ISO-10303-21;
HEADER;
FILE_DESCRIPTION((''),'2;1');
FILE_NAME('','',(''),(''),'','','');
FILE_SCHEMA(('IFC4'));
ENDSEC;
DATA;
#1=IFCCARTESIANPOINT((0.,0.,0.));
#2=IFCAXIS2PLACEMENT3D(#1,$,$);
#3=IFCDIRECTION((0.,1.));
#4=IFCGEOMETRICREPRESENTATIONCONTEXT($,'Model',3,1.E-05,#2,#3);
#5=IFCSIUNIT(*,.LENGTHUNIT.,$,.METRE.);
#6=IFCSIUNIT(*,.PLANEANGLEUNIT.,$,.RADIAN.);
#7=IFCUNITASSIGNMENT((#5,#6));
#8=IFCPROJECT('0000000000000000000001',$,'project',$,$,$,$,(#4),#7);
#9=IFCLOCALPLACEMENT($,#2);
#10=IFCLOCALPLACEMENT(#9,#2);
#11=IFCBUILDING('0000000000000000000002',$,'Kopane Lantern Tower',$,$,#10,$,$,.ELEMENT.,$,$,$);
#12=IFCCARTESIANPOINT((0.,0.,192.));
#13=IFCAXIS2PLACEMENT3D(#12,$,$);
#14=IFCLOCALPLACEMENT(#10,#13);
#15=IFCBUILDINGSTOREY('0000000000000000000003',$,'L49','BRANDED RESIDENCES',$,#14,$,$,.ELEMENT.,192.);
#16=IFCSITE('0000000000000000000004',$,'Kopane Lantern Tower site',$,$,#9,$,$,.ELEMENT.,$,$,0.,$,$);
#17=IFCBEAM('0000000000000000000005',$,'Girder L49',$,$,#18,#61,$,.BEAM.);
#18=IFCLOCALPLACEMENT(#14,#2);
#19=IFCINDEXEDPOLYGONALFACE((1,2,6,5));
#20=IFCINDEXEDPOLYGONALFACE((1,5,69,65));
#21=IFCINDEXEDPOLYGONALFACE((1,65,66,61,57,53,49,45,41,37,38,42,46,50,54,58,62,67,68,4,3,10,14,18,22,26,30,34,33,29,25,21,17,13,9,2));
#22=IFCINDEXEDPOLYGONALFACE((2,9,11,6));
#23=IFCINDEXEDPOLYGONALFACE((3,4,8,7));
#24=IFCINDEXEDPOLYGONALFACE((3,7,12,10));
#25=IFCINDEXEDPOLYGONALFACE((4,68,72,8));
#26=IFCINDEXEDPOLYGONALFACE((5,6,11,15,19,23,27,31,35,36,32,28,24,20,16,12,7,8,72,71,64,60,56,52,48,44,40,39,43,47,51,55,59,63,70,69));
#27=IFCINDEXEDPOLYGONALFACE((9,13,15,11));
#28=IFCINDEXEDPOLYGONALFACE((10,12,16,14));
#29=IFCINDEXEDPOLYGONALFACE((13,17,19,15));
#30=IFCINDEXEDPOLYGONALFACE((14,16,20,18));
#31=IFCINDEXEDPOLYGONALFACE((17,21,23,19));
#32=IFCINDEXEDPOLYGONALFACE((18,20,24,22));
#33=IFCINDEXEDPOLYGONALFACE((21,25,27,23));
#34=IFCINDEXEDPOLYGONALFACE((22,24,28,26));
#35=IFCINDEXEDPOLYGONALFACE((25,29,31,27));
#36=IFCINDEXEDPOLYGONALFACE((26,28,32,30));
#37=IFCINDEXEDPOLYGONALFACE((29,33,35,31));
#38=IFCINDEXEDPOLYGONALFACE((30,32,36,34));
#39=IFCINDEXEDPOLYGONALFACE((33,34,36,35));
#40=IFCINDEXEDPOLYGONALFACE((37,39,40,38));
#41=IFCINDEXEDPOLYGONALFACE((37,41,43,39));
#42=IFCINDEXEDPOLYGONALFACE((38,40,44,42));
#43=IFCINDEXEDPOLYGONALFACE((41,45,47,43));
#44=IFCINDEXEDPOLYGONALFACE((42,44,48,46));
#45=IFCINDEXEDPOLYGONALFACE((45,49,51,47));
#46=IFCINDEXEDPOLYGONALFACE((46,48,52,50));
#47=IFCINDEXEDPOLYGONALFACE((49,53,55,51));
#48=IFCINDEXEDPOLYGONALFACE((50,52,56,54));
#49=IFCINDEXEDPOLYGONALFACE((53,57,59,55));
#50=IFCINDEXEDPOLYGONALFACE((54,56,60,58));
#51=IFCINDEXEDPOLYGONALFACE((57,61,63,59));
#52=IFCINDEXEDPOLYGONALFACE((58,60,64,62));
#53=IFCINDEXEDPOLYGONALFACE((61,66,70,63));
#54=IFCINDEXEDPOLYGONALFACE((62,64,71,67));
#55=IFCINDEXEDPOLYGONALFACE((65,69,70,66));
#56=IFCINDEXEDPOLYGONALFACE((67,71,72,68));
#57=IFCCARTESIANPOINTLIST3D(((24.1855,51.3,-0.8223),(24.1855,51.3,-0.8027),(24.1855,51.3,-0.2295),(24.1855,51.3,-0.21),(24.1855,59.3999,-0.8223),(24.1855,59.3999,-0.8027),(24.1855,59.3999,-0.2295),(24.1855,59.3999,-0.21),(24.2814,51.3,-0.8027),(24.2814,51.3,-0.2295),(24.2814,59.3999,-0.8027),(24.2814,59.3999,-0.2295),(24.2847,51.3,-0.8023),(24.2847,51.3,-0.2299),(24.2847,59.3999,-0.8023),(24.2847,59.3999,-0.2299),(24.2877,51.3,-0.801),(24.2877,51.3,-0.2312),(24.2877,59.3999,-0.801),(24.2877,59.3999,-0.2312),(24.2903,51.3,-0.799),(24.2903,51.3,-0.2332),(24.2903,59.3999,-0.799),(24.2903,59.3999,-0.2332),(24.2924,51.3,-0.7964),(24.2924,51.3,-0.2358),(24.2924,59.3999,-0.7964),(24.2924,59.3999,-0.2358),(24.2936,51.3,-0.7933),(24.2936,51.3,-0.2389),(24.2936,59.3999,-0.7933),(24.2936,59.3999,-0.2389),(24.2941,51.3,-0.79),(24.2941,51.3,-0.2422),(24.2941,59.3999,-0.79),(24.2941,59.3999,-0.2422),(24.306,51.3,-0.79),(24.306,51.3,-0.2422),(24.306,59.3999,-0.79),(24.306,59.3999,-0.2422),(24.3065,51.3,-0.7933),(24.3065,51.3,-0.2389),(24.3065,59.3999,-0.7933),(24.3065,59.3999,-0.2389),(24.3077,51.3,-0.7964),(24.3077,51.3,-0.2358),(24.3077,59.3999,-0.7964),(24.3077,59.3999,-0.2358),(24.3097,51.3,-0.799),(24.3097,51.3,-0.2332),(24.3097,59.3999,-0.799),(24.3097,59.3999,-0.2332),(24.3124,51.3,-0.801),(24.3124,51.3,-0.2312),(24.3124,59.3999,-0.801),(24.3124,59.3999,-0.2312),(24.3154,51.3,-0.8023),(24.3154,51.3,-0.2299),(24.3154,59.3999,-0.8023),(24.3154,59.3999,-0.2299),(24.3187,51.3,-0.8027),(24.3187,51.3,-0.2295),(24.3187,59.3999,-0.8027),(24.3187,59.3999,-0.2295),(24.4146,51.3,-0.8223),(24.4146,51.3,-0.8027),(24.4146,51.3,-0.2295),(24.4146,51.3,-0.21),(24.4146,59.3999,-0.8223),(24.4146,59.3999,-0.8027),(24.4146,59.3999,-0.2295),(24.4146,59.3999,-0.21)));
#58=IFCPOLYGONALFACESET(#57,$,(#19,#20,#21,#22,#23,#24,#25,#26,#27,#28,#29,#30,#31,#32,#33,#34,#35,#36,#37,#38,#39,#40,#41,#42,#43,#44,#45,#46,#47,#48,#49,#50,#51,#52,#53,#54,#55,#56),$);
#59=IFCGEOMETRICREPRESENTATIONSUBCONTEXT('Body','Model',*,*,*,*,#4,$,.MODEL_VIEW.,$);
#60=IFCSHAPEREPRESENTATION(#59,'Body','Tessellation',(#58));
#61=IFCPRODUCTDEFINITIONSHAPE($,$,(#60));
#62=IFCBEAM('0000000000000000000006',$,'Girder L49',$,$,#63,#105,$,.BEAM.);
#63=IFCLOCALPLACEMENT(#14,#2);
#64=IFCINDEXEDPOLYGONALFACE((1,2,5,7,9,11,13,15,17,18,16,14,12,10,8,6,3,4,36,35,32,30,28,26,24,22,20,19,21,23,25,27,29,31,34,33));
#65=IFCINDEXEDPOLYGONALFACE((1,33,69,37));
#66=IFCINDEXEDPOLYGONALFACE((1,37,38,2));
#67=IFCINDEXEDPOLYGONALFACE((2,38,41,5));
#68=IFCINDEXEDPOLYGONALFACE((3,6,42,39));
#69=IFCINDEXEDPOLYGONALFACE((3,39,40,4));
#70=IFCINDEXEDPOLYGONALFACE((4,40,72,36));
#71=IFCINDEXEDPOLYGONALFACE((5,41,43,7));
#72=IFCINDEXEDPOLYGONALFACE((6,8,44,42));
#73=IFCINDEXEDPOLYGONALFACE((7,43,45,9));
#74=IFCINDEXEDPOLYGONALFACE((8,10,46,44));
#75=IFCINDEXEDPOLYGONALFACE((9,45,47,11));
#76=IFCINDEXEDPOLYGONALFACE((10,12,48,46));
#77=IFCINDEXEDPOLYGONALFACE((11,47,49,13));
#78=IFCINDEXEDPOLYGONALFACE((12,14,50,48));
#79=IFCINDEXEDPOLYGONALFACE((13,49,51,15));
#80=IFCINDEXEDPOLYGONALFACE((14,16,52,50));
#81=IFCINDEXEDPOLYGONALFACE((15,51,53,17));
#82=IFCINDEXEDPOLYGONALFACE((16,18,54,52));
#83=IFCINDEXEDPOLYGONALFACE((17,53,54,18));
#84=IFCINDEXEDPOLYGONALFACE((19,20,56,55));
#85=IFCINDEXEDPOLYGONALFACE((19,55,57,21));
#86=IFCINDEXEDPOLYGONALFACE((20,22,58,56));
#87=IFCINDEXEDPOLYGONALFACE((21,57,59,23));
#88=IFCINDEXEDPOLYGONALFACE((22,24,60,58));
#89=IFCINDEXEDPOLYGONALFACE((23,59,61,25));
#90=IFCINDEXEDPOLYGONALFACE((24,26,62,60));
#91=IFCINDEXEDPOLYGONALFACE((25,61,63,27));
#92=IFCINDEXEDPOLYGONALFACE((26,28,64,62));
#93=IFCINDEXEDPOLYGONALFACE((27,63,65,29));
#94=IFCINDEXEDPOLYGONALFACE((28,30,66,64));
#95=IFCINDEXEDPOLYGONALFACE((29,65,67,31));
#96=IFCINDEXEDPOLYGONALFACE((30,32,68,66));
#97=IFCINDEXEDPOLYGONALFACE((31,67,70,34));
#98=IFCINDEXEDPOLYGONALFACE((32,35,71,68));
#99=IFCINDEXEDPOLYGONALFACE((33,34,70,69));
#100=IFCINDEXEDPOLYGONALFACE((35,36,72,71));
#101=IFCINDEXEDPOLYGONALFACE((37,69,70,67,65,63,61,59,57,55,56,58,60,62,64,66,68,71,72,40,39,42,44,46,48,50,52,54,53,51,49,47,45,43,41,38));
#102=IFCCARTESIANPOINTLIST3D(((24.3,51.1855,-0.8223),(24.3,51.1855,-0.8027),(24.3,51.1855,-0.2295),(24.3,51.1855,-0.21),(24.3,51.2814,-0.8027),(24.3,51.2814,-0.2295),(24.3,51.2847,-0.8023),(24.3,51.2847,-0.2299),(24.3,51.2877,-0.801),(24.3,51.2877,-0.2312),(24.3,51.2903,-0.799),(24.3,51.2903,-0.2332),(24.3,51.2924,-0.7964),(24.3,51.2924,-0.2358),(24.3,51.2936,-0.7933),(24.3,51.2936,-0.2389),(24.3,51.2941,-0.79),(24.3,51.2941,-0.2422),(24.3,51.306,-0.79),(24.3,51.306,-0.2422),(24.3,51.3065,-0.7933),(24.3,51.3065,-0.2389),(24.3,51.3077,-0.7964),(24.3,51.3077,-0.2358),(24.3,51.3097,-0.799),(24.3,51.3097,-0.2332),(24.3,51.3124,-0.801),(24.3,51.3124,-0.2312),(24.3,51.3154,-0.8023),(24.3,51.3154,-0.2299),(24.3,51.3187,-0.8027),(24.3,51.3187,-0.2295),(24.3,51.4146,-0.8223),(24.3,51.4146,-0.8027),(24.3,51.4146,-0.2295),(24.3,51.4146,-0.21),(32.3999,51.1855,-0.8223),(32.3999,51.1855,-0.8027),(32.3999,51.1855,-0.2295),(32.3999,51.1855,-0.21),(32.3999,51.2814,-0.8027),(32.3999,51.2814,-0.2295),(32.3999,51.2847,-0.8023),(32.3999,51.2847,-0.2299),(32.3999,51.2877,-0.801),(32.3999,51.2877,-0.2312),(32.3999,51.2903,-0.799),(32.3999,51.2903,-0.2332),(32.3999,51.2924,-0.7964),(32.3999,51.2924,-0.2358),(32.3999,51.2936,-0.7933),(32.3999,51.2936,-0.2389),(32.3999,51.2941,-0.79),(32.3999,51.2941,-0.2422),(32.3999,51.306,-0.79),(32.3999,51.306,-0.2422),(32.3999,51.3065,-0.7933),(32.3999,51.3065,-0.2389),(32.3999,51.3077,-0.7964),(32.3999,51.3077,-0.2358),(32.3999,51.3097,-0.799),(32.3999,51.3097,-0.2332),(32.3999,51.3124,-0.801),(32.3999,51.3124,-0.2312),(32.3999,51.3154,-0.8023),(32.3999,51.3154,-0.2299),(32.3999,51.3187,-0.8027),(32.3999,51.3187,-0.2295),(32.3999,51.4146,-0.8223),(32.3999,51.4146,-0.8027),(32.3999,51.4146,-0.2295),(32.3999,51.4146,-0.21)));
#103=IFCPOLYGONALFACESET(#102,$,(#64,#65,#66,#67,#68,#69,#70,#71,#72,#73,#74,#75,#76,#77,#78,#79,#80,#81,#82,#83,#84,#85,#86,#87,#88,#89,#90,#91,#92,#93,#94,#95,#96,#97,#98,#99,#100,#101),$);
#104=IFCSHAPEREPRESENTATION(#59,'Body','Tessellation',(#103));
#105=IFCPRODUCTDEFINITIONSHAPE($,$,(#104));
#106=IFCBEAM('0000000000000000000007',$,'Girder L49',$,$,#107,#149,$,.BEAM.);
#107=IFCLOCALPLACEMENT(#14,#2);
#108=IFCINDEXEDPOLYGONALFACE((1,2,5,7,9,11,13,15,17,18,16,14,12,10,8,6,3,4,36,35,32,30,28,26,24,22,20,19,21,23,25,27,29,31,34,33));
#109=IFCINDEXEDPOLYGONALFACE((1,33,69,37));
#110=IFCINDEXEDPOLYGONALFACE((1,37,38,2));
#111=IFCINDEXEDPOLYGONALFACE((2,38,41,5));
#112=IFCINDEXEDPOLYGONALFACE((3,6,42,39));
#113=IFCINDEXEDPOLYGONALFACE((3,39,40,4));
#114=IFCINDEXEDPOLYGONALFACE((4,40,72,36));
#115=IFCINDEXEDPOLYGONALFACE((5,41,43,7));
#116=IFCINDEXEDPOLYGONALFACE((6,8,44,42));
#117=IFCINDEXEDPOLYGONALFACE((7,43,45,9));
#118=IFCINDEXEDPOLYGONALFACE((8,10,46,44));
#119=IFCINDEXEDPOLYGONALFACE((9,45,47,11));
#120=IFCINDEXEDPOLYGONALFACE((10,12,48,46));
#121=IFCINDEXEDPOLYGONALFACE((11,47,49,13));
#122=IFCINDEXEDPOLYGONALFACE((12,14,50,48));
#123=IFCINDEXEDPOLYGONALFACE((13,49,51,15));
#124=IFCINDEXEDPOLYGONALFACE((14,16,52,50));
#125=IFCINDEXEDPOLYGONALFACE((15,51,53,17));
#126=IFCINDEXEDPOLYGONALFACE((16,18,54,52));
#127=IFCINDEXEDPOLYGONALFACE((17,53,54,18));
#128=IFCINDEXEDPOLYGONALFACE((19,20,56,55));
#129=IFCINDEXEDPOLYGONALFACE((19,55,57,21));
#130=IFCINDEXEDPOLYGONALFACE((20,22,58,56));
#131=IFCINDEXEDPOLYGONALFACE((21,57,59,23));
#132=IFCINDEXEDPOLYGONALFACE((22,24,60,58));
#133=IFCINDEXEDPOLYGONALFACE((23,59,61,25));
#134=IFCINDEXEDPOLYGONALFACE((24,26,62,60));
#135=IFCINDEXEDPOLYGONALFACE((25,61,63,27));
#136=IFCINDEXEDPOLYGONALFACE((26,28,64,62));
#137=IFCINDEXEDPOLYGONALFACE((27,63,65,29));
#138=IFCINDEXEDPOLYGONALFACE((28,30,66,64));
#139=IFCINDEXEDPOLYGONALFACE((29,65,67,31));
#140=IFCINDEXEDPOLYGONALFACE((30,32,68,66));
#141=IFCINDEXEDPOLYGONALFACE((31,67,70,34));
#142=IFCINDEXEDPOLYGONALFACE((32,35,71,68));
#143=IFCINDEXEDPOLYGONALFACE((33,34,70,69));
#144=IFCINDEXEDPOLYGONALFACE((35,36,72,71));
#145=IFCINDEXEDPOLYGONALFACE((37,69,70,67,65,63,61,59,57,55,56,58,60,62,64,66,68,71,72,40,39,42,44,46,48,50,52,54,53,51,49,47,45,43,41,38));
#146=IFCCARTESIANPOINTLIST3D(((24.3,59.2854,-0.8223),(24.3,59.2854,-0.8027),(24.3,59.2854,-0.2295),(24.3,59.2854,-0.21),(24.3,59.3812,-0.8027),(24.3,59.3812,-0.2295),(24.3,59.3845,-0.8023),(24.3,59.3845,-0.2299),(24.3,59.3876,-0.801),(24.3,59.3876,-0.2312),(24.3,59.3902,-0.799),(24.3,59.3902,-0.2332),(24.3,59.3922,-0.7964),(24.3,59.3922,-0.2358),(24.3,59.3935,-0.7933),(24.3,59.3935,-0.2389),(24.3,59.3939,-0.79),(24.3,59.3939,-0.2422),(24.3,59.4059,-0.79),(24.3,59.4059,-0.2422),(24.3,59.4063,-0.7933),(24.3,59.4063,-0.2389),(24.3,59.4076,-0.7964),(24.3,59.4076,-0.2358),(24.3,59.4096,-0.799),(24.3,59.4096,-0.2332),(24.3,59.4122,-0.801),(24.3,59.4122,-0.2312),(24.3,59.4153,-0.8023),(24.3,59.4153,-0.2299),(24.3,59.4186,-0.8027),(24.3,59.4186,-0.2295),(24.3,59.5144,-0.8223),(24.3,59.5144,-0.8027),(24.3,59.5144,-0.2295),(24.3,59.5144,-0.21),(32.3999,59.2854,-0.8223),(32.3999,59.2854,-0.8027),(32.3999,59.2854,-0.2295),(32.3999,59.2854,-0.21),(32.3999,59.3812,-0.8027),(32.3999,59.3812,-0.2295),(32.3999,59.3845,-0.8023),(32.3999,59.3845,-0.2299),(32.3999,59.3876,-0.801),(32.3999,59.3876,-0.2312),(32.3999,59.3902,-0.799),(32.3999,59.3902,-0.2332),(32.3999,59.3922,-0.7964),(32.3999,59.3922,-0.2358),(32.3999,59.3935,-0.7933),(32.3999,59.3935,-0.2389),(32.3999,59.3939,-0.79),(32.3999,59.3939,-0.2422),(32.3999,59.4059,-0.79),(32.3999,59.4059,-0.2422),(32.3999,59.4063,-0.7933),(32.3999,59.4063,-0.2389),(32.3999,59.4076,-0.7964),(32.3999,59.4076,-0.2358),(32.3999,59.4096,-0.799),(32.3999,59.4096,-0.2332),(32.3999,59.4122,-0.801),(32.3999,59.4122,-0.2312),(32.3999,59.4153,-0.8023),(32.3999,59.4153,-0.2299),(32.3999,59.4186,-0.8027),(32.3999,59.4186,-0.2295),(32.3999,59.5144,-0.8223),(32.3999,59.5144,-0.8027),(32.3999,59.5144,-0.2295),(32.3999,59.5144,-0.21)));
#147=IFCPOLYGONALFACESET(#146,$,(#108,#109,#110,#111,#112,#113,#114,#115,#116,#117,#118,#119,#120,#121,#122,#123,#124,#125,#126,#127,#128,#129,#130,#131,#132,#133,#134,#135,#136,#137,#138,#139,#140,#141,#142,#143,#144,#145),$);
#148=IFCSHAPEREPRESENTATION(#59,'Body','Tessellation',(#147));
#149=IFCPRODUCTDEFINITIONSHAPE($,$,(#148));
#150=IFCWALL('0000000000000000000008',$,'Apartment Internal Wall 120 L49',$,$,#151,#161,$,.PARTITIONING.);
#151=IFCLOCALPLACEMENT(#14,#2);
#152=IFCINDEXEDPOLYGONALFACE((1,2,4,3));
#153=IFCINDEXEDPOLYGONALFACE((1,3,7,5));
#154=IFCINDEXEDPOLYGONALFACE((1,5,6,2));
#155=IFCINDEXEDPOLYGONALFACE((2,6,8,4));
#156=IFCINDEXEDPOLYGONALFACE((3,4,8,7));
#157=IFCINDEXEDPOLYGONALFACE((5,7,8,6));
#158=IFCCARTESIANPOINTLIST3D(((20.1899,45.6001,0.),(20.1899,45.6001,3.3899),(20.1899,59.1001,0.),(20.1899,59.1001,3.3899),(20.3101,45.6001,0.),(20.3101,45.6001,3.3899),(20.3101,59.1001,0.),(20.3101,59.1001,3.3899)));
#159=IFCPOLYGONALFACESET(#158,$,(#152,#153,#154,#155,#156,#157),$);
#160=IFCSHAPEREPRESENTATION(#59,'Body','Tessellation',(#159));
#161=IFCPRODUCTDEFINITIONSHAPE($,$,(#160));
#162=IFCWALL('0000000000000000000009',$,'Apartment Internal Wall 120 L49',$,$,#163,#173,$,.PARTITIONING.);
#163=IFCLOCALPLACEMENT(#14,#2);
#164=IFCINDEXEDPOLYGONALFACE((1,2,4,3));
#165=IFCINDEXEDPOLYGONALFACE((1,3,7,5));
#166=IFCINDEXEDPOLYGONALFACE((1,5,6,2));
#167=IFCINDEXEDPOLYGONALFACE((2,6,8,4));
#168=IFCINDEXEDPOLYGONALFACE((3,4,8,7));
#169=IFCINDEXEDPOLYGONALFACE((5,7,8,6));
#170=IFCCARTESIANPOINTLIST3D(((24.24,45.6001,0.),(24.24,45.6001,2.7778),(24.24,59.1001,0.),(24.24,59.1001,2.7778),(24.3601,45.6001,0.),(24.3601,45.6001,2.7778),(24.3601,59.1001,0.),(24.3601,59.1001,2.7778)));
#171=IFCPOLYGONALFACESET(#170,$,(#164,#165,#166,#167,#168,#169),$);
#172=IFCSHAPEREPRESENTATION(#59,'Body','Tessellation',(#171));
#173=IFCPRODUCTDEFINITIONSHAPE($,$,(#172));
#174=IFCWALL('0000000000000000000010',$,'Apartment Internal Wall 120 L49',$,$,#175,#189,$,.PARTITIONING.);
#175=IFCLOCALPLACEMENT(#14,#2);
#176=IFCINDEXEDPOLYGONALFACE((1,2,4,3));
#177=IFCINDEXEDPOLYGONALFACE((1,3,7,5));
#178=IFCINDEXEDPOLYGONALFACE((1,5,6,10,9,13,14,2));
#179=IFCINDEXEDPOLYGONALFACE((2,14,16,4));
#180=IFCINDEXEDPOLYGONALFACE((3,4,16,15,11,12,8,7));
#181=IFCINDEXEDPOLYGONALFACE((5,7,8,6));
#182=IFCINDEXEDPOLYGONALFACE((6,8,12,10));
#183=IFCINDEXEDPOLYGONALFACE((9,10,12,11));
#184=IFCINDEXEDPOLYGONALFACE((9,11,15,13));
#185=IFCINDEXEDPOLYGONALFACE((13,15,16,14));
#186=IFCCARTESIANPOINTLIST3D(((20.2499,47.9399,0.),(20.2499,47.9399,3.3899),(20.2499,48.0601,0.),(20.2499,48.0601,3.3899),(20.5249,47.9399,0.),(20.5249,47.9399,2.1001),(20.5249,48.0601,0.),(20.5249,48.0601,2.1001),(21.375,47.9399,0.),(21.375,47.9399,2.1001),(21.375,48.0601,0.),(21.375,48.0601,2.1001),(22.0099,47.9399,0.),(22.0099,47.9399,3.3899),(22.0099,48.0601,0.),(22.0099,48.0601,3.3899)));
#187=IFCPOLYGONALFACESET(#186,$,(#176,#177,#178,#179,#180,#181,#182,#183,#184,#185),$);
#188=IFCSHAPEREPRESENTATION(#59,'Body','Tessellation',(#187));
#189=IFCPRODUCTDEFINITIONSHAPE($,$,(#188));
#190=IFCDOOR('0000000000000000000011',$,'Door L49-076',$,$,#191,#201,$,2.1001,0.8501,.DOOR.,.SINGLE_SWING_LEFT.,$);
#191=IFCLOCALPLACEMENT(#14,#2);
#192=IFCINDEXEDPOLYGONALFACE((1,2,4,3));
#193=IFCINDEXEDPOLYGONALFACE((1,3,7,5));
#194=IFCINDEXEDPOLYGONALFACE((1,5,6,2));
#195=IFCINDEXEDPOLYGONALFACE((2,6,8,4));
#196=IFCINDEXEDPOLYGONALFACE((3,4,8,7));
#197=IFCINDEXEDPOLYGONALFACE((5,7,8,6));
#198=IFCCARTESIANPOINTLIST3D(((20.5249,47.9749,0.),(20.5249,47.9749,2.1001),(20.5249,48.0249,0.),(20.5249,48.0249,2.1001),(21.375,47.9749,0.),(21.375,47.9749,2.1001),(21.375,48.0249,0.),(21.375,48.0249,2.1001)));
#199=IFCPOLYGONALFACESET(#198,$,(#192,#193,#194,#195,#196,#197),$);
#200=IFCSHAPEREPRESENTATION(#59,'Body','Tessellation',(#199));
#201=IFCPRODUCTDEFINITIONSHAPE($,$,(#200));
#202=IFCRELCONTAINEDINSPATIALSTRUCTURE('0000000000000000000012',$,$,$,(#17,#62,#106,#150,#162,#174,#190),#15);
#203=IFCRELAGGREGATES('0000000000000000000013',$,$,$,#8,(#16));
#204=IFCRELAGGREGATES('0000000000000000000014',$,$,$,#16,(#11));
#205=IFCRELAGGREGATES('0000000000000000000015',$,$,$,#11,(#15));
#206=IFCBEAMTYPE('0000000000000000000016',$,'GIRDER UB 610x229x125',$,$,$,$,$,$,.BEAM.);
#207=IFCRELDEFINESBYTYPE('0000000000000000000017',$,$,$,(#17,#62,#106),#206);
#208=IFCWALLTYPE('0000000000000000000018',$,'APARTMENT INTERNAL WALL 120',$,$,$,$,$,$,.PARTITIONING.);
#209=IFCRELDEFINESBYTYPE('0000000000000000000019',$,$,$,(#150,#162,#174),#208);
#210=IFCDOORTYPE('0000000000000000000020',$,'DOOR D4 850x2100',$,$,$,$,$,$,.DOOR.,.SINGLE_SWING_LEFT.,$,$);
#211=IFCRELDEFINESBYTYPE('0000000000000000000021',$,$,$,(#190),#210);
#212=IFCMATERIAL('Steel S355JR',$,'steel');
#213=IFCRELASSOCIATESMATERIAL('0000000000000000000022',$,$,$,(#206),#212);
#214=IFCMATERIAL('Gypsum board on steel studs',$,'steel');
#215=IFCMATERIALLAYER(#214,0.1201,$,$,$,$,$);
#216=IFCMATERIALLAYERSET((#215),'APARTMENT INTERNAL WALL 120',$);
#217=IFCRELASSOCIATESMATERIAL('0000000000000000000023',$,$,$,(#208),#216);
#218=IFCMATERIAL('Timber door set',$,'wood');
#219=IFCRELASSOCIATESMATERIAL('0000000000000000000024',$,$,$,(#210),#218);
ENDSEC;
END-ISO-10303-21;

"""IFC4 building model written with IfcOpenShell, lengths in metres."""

from ifc_helpers import new_model, si_unit, direction, frame, frame_2d, origin, origin_2d, place, context, subcontext, project, spatial, rectangle, i_section, extrude, material, layer, layer_set, material_profile, profile_set, type_object, element, fill, save


model = new_model("IFC4")

# Units and contexts
model_context = context("Model", 3, precision=1e-05, world=origin(), true_north=direction((0.0, 1.0)))
body_context = subcontext(model_context, "Body", "Model", "MODEL_VIEW")
ifc_project = project(units=[si_unit("LENGTHUNIT", "METRE"), si_unit("PLANEANGLEUNIT", "RADIAN")], contexts=[model_context])

# Site, building, storey
site_placement = place(None, origin())
site = spatial("IfcSite", under=ifc_project, at=site_placement, Name="Kopane Lantern Tower site", CompositionType="ELEMENT", RefElevation=0.0)
building_placement = place(site_placement, origin())
building = spatial("IfcBuilding", under=site, at=building_placement, Name="Kopane Lantern Tower", CompositionType="ELEMENT")
storey_placement = place(building_placement, frame((0.0, 0.0, 192.0)))
storey = spatial("IfcBuildingStorey", under=building, at=storey_placement, Name="L49", Description="BRANDED RESIDENCES", CompositionType="ELEMENT", Elevation=192.0)

# Beams
ifc_material_1 = material(Name="Steel S355JR", Category="steel")
ifc_material_profile_1 = material_profile(ifc_material_1, i_section(OverallWidth=0.229, OverallDepth=0.6123, WebThickness=0.012, FlangeThickness=0.0195, FilletRadius=0.0127, at=origin_2d()), Name="UB 610x229x125")
ifc_profile_set_1 = profile_set([ifc_material_profile_1], Name="Steel S355JR")
beam_type = type_object("IfcBeamType", Name="GIRDER UB 610x229x125", PredefinedType="BEAM", material=ifc_profile_set_1)
for number, where, z_axis, x_axis, name in (
    (1, (24.3, 51.3, -0.5161), (0.0, 1.0, 0.0), (-1.0, 0.0, 0.0), "Girder L49"),
    (2, (24.3, 51.3, -0.5161), (1.0, 0.0, 0.0), (0.0, 1.0, 0.0), "Girder L49"),
    (3, (24.3, 59.3999, -0.5161), (1.0, 0.0, 0.0), (0.0, 1.0, 0.0), "Girder L49"),
):
    element("IfcBeam", number, at=place(storey_placement, frame(where, z_axis=z_axis, x_axis=x_axis)), inside=storey, type_object=beam_type, Name=name, PredefinedType="BEAM", context=body_context, shape_type="SweptSolid", body=[
        extrude(i_section(OverallWidth=0.229, OverallDepth=0.6123, WebThickness=0.012, FlangeThickness=0.0195, FilletRadius=0.0127, at=origin_2d()), origin(), (0.0, 0.0, 1.0), 8.0999),
    ])

# Walls
ifc_material_2 = material(Name="Gypsum board on steel studs", Category="steel")
ifc_layer_1 = layer(ifc_material_2, 0.1201)
ifc_layer_set_1 = layer_set([ifc_layer_1], Name="APARTMENT INTERNAL WALL 120")
wall_type_1 = type_object("IfcWallType", Name="APARTMENT INTERNAL WALL 120", PredefinedType="PARTITIONING", material=ifc_layer_set_1)
wall_1_placement = place(storey_placement, frame((20.25, 45.6001, 0.0), z_axis=(0.0, 0.0, 1.0), x_axis=(0.0, 1.0, 0.0)))
element("IfcWall", 4, at=wall_1_placement, inside=storey, type_object=wall_type_1, Name="Apartment Internal Wall 120 L49", PredefinedType="PARTITIONING", context=body_context, shape_type="SweptSolid", body=[
    extrude(rectangle(XDim=13.5, YDim=0.1201, at=frame_2d((6.75, 0.0))), origin(), (0.0, 0.0, 1.0), 3.3899),
])
wall_2_placement = place(storey_placement, frame((24.3, 45.6001, 0.0), z_axis=(0.0, 0.0, 1.0), x_axis=(0.0, 1.0, 0.0)))
element("IfcWall", 5, at=wall_2_placement, inside=storey, type_object=wall_type_1, Name="Apartment Internal Wall 120 L49", PredefinedType="PARTITIONING", context=body_context, shape_type="SweptSolid", body=[
    extrude(rectangle(XDim=13.5, YDim=0.1201, at=frame_2d((6.75, 0.0))), origin(), (0.0, 0.0, 1.0), 2.7778),
])

# Wall, opening, door
wall_3_placement = place(storey_placement, frame((20.25, 48.0, 0.0), z_axis=(0.0, 0.0, 1.0), x_axis=(1.0, 0.0, 0.0)))
wall_3 = element("IfcWall", 6, at=wall_3_placement, inside=storey, type_object=wall_type_1, Name="Apartment Internal Wall 120 L49", PredefinedType="PARTITIONING", context=body_context, shape_type="SweptSolid", body=[
    extrude(rectangle(XDim=1.76, YDim=0.1201, at=frame_2d((0.8799, 0.0))), origin(), (0.0, 0.0, 1.0), 3.3899),
])
opening_1_placement = place(wall_3_placement, frame((0.2749, 0.0, 0.0)))
opening_1 = element("IfcOpeningElement", 7, at=opening_1_placement, cuts=wall_3, PredefinedType="OPENING", context=body_context, shape_type="SweptSolid", body=[
    extrude(rectangle(XDim=0.8501, YDim=2.1001, at=frame_2d((0.425, 1.05))), frame((0.0, 0.0701, 0.0), z_axis=(0.0, -1.0, 0.0), x_axis=(1.0, 0.0, 0.0)), (0.0, 0.0, 1.0), 0.1401),
])
ifc_material_3 = material(Name="Timber door set", Category="wood")
door_type_1 = type_object("IfcDoorType", Name="DOOR D4 850x2100", OperationType="SINGLE_SWING_LEFT", PredefinedType="DOOR", material=ifc_material_3)
door_1_placement = place(opening_1_placement, origin())
door_1 = element("IfcDoor", 8, at=door_1_placement, inside=storey, type_object=door_type_1, Name="Door L49-076", OperationType="SINGLE_SWING_LEFT", OverallHeight=2.1001, OverallWidth=0.8501, PredefinedType="DOOR", context=body_context, shape_type="SweptSolid", body=[
    extrude(rectangle(XDim=0.8501, YDim=2.1001, at=frame_2d((0.425, 1.05))), frame((0.0, 0.0249, 0.0), z_axis=(0.0, -1.0, 0.0), x_axis=(1.0, 0.0, 0.0)), (0.0, 0.0, 1.0), 0.05),
])
fill(opening_1, door_1)

save(model, "model.ifc")
